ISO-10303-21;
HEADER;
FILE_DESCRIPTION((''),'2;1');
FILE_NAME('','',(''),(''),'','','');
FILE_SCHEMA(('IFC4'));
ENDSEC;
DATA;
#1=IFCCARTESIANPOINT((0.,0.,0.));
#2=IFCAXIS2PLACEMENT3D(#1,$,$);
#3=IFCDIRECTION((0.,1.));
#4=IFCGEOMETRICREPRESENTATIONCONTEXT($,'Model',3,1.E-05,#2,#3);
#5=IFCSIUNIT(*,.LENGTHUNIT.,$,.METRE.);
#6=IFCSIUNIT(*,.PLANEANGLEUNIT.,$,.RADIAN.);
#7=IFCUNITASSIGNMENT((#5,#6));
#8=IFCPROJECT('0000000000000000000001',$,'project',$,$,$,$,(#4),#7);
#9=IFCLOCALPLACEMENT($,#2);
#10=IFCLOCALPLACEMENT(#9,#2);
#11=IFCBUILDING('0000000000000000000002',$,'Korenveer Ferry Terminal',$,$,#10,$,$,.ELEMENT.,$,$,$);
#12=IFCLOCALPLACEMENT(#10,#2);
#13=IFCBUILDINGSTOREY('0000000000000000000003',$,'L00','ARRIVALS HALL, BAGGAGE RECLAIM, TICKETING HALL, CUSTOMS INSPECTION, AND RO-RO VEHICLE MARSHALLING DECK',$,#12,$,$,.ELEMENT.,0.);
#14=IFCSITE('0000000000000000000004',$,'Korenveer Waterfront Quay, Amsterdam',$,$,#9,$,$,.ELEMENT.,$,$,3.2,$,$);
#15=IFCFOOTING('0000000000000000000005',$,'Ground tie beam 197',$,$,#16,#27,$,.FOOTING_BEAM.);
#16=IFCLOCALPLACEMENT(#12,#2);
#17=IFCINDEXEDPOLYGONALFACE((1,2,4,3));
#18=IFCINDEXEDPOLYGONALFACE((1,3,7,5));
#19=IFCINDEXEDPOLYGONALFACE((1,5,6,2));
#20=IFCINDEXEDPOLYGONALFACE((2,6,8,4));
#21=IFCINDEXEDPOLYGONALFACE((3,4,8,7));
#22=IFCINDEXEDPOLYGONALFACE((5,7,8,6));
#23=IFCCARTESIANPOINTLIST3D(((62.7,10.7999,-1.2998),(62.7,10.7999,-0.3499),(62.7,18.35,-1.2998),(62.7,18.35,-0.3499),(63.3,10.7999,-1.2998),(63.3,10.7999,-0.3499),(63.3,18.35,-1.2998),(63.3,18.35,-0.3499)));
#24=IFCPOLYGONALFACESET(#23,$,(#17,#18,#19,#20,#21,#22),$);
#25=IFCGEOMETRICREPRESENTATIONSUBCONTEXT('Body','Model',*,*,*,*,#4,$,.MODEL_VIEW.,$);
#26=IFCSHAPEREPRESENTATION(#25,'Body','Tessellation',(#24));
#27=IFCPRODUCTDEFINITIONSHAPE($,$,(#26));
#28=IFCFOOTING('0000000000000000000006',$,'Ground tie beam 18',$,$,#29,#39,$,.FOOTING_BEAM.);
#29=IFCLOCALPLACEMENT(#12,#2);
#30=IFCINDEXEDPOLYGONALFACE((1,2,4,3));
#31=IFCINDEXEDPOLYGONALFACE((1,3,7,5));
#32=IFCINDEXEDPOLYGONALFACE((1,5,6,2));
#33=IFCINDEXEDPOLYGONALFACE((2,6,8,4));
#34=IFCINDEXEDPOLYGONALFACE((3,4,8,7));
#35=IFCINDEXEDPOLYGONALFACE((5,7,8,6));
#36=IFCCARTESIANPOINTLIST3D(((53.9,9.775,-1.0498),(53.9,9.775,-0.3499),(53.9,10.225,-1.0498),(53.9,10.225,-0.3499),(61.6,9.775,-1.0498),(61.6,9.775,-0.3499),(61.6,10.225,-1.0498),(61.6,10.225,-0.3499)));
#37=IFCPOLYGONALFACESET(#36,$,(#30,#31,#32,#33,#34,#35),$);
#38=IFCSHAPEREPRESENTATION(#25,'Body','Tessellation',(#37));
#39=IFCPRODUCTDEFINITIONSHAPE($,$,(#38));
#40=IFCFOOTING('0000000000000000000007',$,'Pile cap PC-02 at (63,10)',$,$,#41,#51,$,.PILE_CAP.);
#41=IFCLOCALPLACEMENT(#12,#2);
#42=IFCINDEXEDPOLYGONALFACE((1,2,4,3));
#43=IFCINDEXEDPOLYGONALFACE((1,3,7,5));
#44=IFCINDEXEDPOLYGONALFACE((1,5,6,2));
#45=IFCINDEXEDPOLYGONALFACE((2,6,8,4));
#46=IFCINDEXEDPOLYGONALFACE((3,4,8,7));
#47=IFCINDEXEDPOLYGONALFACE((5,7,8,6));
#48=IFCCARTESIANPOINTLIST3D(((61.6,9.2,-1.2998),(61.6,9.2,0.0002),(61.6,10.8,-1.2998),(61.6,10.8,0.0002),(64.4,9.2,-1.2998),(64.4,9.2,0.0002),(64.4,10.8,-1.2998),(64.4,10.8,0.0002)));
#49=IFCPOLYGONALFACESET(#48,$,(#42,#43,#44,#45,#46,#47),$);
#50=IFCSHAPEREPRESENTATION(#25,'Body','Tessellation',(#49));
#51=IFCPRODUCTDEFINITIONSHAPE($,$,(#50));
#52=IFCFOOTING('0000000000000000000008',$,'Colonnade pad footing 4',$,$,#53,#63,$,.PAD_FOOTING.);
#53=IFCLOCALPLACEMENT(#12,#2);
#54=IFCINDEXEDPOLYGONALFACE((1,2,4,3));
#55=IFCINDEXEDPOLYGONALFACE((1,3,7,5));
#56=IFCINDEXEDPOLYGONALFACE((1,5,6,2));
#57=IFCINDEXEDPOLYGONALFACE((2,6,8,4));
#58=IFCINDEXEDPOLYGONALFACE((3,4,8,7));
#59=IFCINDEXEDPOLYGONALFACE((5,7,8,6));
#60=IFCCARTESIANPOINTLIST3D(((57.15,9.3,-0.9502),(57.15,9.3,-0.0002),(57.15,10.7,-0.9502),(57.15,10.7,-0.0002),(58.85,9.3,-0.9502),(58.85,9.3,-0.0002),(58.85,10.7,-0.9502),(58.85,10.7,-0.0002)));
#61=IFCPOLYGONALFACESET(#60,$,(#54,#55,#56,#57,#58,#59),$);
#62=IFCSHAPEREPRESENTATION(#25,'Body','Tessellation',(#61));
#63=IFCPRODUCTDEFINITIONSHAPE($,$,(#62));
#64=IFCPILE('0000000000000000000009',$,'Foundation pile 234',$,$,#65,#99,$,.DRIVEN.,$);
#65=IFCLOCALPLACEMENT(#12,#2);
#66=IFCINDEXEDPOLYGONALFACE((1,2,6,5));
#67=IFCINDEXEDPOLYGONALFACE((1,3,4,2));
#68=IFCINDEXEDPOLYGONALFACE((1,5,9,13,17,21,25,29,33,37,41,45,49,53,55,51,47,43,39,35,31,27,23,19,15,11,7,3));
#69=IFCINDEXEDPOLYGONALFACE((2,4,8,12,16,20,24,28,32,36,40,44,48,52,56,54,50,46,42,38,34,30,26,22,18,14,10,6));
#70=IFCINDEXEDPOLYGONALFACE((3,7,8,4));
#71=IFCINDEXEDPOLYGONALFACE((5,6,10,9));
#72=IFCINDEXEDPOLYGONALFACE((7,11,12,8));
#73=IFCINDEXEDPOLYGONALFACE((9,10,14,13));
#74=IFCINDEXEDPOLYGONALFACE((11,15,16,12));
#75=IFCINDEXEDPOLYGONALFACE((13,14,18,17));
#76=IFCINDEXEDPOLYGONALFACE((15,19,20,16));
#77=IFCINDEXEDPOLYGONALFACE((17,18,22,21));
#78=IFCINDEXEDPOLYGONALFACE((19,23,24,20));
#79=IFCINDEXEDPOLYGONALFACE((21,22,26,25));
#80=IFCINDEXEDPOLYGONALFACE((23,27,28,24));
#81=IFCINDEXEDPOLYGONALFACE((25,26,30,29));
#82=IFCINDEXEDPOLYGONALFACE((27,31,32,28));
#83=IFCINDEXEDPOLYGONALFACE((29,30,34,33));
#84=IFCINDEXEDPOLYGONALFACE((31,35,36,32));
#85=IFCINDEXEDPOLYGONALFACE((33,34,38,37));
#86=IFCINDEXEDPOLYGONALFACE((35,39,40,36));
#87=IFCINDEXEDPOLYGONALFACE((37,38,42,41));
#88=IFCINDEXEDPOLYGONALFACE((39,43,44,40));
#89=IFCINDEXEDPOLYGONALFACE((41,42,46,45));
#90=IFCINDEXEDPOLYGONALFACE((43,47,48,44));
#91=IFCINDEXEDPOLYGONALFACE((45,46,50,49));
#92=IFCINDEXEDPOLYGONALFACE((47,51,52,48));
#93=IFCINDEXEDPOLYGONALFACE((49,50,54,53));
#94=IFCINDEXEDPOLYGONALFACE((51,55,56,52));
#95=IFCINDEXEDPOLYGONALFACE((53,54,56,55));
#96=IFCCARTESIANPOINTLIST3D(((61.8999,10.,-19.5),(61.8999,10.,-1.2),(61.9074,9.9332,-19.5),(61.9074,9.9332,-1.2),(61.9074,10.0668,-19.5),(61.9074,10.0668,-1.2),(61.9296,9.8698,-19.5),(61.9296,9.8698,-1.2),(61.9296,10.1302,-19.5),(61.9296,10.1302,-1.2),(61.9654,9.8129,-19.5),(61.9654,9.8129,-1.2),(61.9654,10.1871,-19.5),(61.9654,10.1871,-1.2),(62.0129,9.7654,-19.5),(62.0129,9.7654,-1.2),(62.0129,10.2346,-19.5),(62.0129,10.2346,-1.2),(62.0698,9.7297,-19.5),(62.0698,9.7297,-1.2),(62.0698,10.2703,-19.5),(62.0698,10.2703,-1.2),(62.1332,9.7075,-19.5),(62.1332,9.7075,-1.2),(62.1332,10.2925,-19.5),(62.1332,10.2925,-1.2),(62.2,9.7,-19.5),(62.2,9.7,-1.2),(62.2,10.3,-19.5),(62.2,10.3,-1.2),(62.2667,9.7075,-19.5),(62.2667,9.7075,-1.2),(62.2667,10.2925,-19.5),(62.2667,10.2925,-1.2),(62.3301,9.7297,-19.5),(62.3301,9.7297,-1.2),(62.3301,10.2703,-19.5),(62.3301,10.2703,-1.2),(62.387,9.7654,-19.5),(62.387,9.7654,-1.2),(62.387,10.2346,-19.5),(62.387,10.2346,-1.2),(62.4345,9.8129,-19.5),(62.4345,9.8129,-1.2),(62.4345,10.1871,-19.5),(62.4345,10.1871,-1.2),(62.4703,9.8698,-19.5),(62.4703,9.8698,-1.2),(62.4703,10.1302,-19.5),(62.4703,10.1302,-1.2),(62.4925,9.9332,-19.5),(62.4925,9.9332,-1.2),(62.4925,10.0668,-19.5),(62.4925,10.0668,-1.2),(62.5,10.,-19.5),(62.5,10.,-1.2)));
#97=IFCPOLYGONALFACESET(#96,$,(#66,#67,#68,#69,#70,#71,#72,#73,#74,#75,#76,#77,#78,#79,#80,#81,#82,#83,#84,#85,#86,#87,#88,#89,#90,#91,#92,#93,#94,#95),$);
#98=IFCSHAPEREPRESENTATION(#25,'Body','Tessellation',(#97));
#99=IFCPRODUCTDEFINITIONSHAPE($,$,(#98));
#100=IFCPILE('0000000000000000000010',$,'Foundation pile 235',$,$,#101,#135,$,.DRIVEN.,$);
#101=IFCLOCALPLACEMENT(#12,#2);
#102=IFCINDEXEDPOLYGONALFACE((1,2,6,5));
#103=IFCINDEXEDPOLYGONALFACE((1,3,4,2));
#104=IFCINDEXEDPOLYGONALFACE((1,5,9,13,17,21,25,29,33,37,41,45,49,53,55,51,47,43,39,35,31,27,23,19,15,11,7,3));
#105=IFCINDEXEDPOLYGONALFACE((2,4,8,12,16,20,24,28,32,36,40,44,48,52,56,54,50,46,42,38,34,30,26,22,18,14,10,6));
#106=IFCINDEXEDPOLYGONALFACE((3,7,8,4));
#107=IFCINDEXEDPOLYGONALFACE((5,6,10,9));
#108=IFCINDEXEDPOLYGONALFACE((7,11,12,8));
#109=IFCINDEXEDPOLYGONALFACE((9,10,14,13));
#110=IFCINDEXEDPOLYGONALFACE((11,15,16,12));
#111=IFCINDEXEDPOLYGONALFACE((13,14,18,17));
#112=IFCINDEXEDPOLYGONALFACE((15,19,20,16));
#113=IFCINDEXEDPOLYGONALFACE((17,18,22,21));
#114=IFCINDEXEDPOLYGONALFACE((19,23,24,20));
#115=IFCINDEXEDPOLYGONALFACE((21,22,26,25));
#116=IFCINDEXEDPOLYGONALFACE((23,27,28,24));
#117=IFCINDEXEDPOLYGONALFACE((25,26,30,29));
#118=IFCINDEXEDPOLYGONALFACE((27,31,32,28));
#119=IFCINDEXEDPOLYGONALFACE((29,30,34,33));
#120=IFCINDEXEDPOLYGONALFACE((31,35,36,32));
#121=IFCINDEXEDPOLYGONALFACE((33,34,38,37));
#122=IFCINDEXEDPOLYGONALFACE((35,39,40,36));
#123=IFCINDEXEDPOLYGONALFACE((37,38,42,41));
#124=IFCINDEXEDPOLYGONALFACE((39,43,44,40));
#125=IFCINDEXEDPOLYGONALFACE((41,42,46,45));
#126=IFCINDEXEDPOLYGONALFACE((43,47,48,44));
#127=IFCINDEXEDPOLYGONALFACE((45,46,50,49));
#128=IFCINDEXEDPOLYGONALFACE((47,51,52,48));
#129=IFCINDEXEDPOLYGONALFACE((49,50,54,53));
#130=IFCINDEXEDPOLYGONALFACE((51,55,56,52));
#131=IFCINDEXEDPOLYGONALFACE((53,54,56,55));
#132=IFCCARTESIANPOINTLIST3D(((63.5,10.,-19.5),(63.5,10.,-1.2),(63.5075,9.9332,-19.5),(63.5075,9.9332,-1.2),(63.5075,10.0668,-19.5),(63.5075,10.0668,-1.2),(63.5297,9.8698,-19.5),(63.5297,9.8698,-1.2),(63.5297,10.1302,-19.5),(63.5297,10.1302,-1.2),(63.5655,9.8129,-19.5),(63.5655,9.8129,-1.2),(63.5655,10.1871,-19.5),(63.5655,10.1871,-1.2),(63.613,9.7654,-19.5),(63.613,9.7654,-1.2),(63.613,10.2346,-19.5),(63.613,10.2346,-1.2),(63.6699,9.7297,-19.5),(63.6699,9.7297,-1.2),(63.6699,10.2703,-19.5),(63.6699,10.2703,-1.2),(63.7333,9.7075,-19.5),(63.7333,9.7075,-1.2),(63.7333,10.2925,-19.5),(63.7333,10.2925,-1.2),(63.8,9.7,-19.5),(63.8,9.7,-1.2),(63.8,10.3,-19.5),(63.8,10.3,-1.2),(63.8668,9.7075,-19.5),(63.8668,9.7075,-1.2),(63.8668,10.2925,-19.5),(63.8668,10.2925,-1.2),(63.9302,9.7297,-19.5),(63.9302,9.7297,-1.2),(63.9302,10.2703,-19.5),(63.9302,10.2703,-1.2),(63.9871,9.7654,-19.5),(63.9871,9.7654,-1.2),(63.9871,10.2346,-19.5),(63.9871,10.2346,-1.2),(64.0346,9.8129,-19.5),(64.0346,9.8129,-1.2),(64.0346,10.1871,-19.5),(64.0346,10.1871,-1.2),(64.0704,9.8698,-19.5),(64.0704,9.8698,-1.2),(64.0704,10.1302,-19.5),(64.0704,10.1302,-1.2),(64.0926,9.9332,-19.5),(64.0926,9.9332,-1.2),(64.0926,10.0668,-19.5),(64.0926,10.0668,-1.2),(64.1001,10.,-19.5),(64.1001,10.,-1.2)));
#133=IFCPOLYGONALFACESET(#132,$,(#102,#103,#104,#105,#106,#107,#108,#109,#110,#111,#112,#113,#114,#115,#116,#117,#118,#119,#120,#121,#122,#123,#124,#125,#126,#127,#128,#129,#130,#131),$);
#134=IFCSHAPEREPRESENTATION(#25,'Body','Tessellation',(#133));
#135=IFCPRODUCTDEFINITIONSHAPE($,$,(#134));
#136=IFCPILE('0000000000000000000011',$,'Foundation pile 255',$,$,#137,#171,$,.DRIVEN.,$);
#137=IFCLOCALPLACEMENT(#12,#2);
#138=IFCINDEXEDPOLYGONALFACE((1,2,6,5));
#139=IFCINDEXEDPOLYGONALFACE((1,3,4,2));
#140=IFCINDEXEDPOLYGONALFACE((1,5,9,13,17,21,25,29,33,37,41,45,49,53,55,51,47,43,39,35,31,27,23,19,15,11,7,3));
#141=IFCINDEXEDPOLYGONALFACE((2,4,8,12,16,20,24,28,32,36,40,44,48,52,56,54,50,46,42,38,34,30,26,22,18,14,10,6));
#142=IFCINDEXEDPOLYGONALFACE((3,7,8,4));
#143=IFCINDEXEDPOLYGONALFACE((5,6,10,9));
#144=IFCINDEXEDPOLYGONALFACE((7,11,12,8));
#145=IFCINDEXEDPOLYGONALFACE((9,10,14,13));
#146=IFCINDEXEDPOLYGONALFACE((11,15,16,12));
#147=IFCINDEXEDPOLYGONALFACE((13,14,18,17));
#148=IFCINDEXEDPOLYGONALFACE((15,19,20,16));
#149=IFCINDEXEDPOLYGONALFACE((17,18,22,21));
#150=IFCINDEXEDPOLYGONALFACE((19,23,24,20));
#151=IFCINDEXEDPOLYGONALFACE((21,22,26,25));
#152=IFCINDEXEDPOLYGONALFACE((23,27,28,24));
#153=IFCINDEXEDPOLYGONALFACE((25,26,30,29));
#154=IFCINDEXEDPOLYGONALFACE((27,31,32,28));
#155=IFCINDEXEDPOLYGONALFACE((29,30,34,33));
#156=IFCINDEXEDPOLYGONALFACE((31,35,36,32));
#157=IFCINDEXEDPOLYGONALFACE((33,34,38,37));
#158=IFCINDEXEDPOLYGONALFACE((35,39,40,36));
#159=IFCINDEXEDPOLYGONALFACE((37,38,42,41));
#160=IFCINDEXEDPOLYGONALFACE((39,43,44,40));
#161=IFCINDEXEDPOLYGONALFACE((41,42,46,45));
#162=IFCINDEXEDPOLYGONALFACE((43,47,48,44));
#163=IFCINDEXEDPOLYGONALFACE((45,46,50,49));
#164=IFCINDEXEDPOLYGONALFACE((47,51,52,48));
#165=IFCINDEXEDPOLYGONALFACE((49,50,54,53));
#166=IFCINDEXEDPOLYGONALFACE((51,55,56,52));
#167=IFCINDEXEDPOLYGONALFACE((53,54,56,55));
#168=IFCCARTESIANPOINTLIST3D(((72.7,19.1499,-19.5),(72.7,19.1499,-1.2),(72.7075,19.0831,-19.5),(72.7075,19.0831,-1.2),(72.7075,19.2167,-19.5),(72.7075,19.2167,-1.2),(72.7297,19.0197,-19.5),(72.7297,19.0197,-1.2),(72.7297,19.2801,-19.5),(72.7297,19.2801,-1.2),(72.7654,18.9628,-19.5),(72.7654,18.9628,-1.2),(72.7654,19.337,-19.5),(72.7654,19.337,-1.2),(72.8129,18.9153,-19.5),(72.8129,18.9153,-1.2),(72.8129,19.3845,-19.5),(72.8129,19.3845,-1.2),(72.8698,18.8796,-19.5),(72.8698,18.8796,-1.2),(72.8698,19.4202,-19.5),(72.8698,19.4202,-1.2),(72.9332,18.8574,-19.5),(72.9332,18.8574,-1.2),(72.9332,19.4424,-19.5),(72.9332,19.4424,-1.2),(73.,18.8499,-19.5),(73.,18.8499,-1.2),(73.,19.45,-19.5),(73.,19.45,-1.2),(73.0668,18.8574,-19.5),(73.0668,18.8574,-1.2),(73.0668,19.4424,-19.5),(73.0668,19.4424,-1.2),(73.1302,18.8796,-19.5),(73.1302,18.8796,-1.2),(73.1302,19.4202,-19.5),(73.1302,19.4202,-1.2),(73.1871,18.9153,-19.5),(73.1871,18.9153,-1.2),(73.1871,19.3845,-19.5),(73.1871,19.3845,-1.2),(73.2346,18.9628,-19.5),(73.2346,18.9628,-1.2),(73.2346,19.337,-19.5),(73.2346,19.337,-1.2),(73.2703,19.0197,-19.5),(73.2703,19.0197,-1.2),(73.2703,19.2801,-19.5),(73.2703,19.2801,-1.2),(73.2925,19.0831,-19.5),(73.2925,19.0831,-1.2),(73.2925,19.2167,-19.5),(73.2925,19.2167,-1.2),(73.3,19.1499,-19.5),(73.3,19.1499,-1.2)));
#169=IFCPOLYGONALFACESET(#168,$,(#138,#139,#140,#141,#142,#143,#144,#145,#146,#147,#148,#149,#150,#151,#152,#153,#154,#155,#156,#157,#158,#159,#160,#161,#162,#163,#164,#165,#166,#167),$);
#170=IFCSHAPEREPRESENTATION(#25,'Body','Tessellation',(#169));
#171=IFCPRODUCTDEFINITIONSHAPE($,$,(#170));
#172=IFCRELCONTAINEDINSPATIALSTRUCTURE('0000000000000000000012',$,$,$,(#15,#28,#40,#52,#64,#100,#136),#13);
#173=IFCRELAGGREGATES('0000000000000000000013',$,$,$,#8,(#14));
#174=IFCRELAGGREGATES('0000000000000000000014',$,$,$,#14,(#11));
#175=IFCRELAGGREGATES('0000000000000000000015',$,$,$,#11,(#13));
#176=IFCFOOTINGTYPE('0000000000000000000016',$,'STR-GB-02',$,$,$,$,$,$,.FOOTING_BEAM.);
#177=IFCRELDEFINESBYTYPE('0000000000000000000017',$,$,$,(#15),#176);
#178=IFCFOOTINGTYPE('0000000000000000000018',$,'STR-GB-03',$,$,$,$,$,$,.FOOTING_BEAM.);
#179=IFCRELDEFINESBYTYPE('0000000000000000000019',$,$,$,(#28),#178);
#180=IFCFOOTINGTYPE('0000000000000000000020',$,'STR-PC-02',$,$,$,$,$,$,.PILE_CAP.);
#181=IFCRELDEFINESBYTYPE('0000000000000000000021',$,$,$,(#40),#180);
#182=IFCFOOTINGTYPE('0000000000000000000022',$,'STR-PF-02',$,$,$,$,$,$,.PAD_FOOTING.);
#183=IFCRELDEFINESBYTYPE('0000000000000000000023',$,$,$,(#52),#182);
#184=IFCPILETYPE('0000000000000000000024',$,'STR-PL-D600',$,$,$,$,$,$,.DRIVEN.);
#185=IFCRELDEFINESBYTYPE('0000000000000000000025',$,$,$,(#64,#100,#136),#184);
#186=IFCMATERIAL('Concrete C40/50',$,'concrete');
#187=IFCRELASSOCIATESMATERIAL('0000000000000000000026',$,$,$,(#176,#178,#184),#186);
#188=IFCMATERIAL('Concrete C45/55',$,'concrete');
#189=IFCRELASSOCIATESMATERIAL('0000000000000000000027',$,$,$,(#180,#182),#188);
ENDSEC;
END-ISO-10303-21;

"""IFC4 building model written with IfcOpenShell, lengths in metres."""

from ifc_helpers import new_model, si_unit, direction, frame, origin, origin_2d, place, context, subcontext, project, spatial, rectangle, circle, extrude, material, material_profile, profile_set, type_object, element, save


model = new_model("IFC4")

# Units and contexts
model_context = context("Model", 3, precision=1e-05, world=origin(), true_north=direction((0.0, 1.0)))
body_context = subcontext(model_context, "Body", "Model", "MODEL_VIEW")
ifc_project = project(units=[si_unit("LENGTHUNIT", "METRE"), si_unit("PLANEANGLEUNIT", "RADIAN")], contexts=[model_context])

# Site, building, storey
site_placement = place(None, origin())
site = spatial("IfcSite", under=ifc_project, at=site_placement, Name="Korenveer Waterfront Quay, Amsterdam", CompositionType="ELEMENT", RefElevation=3.2)
building_placement = place(site_placement, origin())
building = spatial("IfcBuilding", under=site, at=building_placement, Name="Korenveer Ferry Terminal", CompositionType="ELEMENT")
storey_placement = place(building_placement, origin())
storey = spatial("IfcBuildingStorey", under=building, at=storey_placement, Name="L00", Description="ARRIVALS HALL, BAGGAGE RECLAIM, TICKETING HALL, CUSTOMS INSPECTION, AND RO-RO VEHICLE MARSHALLING DECK", CompositionType="ELEMENT", Elevation=0.0)

# Footings
ifc_material_1 = material(Name="Concrete C40/50", Category="concrete")
footing_type_1 = type_object("IfcFootingType", Name="STR-GB-02", PredefinedType="FOOTING_BEAM", material=ifc_material_1)
footing_1_placement = place(storey_placement, frame((63.0, 14.575, -1.2998), z_axis=(0.0, 0.0, 1.0), x_axis=(1.0, 0.0, 0.0)))
element("IfcFooting", 1, at=footing_1_placement, inside=storey, type_object=footing_type_1, Name="Ground tie beam 197", PredefinedType="FOOTING_BEAM", context=body_context, shape_type="SweptSolid", body=[
    extrude(rectangle(XDim=0.6001, YDim=7.55, at=origin_2d()), origin(), (0.0, 0.0, 1.0), 0.95),
])
footing_type_2 = type_object("IfcFootingType", Name="STR-GB-03", PredefinedType="FOOTING_BEAM", material=ifc_material_1)
footing_2_placement = place(storey_placement, frame((57.75, 10.0, -1.0498), z_axis=(0.0, 0.0, 1.0), x_axis=(1.0, 0.0, 0.0)))
element("IfcFooting", 2, at=footing_2_placement, inside=storey, type_object=footing_type_2, Name="Ground tie beam 18", PredefinedType="FOOTING_BEAM", context=body_context, shape_type="SweptSolid", body=[
    extrude(rectangle(XDim=7.7, YDim=0.45, at=origin_2d()), origin(), (0.0, 0.0, 1.0), 0.7),
])
ifc_material_2 = material(Name="Concrete C45/55", Category="concrete")
footing_type_3 = type_object("IfcFootingType", Name="STR-PC-02", PredefinedType="PILE_CAP", material=ifc_material_2)
footing_3_placement = place(storey_placement, frame((63.0, 10.0, -1.2998), z_axis=(0.0, 0.0, 1.0), x_axis=(1.0, 0.0, 0.0)))
element("IfcFooting", 3, at=footing_3_placement, inside=storey, type_object=footing_type_3, Name="Pile cap PC-02 at (63,10)", PredefinedType="PILE_CAP", context=body_context, shape_type="SweptSolid", body=[
    extrude(rectangle(XDim=2.8, YDim=1.6001, at=origin_2d()), origin(), (0.0, 0.0, 1.0), 1.3),
])
footing_type_4 = type_object("IfcFootingType", Name="STR-PF-02", PredefinedType="PAD_FOOTING", material=ifc_material_2)
footing_4_placement = place(storey_placement, frame((58.0, 10.0, -0.9502), z_axis=(0.0, 0.0, 1.0), x_axis=(1.0, 0.0, 0.0)))
element("IfcFooting", 4, at=footing_4_placement, inside=storey, type_object=footing_type_4, Name="Colonnade pad footing 4", PredefinedType="PAD_FOOTING", context=body_context, shape_type="SweptSolid", body=[
    extrude(rectangle(XDim=1.7, YDim=1.3999, at=origin_2d()), origin(), (0.0, 0.0, 1.0), 0.95),
])

# Piles
ifc_material_profile_1 = material_profile(ifc_material_1, circle(Radius=0.3, at=origin_2d()), Name="PILE D600")
ifc_profile_set_1 = profile_set([ifc_material_profile_1], Name="Concrete C40/50")
pile_type_1 = type_object("IfcPileType", Name="STR-PL-D600", PredefinedType="DRIVEN", material=ifc_profile_set_1)
for number, where, z_axis, x_axis, name in (
    (5, (62.2, 10.0, -1.2), (0.0, 0.0, -1.0), (1.0, 0.0, 0.0), "Foundation pile 234"),
    (6, (63.8, 10.0, -1.2), (0.0, 0.0, -1.0), (1.0, 0.0, 0.0), "Foundation pile 235"),
    (7, (73.0, 19.1499, -1.2), (0.0, 0.0, -1.0), (1.0, 0.0, 0.0), "Foundation pile 255"),
):
    element("IfcPile", number, at=place(storey_placement, frame(where, z_axis=z_axis, x_axis=x_axis)), inside=storey, type_object=pile_type_1, Name=name, PredefinedType="DRIVEN", context=body_context, shape_type="SweptSolid", body=[
        extrude(circle(Radius=0.3, at=origin_2d()), origin(), (0.0, 0.0, 1.0), 18.3),
    ])

save(model, "model.ifc")
